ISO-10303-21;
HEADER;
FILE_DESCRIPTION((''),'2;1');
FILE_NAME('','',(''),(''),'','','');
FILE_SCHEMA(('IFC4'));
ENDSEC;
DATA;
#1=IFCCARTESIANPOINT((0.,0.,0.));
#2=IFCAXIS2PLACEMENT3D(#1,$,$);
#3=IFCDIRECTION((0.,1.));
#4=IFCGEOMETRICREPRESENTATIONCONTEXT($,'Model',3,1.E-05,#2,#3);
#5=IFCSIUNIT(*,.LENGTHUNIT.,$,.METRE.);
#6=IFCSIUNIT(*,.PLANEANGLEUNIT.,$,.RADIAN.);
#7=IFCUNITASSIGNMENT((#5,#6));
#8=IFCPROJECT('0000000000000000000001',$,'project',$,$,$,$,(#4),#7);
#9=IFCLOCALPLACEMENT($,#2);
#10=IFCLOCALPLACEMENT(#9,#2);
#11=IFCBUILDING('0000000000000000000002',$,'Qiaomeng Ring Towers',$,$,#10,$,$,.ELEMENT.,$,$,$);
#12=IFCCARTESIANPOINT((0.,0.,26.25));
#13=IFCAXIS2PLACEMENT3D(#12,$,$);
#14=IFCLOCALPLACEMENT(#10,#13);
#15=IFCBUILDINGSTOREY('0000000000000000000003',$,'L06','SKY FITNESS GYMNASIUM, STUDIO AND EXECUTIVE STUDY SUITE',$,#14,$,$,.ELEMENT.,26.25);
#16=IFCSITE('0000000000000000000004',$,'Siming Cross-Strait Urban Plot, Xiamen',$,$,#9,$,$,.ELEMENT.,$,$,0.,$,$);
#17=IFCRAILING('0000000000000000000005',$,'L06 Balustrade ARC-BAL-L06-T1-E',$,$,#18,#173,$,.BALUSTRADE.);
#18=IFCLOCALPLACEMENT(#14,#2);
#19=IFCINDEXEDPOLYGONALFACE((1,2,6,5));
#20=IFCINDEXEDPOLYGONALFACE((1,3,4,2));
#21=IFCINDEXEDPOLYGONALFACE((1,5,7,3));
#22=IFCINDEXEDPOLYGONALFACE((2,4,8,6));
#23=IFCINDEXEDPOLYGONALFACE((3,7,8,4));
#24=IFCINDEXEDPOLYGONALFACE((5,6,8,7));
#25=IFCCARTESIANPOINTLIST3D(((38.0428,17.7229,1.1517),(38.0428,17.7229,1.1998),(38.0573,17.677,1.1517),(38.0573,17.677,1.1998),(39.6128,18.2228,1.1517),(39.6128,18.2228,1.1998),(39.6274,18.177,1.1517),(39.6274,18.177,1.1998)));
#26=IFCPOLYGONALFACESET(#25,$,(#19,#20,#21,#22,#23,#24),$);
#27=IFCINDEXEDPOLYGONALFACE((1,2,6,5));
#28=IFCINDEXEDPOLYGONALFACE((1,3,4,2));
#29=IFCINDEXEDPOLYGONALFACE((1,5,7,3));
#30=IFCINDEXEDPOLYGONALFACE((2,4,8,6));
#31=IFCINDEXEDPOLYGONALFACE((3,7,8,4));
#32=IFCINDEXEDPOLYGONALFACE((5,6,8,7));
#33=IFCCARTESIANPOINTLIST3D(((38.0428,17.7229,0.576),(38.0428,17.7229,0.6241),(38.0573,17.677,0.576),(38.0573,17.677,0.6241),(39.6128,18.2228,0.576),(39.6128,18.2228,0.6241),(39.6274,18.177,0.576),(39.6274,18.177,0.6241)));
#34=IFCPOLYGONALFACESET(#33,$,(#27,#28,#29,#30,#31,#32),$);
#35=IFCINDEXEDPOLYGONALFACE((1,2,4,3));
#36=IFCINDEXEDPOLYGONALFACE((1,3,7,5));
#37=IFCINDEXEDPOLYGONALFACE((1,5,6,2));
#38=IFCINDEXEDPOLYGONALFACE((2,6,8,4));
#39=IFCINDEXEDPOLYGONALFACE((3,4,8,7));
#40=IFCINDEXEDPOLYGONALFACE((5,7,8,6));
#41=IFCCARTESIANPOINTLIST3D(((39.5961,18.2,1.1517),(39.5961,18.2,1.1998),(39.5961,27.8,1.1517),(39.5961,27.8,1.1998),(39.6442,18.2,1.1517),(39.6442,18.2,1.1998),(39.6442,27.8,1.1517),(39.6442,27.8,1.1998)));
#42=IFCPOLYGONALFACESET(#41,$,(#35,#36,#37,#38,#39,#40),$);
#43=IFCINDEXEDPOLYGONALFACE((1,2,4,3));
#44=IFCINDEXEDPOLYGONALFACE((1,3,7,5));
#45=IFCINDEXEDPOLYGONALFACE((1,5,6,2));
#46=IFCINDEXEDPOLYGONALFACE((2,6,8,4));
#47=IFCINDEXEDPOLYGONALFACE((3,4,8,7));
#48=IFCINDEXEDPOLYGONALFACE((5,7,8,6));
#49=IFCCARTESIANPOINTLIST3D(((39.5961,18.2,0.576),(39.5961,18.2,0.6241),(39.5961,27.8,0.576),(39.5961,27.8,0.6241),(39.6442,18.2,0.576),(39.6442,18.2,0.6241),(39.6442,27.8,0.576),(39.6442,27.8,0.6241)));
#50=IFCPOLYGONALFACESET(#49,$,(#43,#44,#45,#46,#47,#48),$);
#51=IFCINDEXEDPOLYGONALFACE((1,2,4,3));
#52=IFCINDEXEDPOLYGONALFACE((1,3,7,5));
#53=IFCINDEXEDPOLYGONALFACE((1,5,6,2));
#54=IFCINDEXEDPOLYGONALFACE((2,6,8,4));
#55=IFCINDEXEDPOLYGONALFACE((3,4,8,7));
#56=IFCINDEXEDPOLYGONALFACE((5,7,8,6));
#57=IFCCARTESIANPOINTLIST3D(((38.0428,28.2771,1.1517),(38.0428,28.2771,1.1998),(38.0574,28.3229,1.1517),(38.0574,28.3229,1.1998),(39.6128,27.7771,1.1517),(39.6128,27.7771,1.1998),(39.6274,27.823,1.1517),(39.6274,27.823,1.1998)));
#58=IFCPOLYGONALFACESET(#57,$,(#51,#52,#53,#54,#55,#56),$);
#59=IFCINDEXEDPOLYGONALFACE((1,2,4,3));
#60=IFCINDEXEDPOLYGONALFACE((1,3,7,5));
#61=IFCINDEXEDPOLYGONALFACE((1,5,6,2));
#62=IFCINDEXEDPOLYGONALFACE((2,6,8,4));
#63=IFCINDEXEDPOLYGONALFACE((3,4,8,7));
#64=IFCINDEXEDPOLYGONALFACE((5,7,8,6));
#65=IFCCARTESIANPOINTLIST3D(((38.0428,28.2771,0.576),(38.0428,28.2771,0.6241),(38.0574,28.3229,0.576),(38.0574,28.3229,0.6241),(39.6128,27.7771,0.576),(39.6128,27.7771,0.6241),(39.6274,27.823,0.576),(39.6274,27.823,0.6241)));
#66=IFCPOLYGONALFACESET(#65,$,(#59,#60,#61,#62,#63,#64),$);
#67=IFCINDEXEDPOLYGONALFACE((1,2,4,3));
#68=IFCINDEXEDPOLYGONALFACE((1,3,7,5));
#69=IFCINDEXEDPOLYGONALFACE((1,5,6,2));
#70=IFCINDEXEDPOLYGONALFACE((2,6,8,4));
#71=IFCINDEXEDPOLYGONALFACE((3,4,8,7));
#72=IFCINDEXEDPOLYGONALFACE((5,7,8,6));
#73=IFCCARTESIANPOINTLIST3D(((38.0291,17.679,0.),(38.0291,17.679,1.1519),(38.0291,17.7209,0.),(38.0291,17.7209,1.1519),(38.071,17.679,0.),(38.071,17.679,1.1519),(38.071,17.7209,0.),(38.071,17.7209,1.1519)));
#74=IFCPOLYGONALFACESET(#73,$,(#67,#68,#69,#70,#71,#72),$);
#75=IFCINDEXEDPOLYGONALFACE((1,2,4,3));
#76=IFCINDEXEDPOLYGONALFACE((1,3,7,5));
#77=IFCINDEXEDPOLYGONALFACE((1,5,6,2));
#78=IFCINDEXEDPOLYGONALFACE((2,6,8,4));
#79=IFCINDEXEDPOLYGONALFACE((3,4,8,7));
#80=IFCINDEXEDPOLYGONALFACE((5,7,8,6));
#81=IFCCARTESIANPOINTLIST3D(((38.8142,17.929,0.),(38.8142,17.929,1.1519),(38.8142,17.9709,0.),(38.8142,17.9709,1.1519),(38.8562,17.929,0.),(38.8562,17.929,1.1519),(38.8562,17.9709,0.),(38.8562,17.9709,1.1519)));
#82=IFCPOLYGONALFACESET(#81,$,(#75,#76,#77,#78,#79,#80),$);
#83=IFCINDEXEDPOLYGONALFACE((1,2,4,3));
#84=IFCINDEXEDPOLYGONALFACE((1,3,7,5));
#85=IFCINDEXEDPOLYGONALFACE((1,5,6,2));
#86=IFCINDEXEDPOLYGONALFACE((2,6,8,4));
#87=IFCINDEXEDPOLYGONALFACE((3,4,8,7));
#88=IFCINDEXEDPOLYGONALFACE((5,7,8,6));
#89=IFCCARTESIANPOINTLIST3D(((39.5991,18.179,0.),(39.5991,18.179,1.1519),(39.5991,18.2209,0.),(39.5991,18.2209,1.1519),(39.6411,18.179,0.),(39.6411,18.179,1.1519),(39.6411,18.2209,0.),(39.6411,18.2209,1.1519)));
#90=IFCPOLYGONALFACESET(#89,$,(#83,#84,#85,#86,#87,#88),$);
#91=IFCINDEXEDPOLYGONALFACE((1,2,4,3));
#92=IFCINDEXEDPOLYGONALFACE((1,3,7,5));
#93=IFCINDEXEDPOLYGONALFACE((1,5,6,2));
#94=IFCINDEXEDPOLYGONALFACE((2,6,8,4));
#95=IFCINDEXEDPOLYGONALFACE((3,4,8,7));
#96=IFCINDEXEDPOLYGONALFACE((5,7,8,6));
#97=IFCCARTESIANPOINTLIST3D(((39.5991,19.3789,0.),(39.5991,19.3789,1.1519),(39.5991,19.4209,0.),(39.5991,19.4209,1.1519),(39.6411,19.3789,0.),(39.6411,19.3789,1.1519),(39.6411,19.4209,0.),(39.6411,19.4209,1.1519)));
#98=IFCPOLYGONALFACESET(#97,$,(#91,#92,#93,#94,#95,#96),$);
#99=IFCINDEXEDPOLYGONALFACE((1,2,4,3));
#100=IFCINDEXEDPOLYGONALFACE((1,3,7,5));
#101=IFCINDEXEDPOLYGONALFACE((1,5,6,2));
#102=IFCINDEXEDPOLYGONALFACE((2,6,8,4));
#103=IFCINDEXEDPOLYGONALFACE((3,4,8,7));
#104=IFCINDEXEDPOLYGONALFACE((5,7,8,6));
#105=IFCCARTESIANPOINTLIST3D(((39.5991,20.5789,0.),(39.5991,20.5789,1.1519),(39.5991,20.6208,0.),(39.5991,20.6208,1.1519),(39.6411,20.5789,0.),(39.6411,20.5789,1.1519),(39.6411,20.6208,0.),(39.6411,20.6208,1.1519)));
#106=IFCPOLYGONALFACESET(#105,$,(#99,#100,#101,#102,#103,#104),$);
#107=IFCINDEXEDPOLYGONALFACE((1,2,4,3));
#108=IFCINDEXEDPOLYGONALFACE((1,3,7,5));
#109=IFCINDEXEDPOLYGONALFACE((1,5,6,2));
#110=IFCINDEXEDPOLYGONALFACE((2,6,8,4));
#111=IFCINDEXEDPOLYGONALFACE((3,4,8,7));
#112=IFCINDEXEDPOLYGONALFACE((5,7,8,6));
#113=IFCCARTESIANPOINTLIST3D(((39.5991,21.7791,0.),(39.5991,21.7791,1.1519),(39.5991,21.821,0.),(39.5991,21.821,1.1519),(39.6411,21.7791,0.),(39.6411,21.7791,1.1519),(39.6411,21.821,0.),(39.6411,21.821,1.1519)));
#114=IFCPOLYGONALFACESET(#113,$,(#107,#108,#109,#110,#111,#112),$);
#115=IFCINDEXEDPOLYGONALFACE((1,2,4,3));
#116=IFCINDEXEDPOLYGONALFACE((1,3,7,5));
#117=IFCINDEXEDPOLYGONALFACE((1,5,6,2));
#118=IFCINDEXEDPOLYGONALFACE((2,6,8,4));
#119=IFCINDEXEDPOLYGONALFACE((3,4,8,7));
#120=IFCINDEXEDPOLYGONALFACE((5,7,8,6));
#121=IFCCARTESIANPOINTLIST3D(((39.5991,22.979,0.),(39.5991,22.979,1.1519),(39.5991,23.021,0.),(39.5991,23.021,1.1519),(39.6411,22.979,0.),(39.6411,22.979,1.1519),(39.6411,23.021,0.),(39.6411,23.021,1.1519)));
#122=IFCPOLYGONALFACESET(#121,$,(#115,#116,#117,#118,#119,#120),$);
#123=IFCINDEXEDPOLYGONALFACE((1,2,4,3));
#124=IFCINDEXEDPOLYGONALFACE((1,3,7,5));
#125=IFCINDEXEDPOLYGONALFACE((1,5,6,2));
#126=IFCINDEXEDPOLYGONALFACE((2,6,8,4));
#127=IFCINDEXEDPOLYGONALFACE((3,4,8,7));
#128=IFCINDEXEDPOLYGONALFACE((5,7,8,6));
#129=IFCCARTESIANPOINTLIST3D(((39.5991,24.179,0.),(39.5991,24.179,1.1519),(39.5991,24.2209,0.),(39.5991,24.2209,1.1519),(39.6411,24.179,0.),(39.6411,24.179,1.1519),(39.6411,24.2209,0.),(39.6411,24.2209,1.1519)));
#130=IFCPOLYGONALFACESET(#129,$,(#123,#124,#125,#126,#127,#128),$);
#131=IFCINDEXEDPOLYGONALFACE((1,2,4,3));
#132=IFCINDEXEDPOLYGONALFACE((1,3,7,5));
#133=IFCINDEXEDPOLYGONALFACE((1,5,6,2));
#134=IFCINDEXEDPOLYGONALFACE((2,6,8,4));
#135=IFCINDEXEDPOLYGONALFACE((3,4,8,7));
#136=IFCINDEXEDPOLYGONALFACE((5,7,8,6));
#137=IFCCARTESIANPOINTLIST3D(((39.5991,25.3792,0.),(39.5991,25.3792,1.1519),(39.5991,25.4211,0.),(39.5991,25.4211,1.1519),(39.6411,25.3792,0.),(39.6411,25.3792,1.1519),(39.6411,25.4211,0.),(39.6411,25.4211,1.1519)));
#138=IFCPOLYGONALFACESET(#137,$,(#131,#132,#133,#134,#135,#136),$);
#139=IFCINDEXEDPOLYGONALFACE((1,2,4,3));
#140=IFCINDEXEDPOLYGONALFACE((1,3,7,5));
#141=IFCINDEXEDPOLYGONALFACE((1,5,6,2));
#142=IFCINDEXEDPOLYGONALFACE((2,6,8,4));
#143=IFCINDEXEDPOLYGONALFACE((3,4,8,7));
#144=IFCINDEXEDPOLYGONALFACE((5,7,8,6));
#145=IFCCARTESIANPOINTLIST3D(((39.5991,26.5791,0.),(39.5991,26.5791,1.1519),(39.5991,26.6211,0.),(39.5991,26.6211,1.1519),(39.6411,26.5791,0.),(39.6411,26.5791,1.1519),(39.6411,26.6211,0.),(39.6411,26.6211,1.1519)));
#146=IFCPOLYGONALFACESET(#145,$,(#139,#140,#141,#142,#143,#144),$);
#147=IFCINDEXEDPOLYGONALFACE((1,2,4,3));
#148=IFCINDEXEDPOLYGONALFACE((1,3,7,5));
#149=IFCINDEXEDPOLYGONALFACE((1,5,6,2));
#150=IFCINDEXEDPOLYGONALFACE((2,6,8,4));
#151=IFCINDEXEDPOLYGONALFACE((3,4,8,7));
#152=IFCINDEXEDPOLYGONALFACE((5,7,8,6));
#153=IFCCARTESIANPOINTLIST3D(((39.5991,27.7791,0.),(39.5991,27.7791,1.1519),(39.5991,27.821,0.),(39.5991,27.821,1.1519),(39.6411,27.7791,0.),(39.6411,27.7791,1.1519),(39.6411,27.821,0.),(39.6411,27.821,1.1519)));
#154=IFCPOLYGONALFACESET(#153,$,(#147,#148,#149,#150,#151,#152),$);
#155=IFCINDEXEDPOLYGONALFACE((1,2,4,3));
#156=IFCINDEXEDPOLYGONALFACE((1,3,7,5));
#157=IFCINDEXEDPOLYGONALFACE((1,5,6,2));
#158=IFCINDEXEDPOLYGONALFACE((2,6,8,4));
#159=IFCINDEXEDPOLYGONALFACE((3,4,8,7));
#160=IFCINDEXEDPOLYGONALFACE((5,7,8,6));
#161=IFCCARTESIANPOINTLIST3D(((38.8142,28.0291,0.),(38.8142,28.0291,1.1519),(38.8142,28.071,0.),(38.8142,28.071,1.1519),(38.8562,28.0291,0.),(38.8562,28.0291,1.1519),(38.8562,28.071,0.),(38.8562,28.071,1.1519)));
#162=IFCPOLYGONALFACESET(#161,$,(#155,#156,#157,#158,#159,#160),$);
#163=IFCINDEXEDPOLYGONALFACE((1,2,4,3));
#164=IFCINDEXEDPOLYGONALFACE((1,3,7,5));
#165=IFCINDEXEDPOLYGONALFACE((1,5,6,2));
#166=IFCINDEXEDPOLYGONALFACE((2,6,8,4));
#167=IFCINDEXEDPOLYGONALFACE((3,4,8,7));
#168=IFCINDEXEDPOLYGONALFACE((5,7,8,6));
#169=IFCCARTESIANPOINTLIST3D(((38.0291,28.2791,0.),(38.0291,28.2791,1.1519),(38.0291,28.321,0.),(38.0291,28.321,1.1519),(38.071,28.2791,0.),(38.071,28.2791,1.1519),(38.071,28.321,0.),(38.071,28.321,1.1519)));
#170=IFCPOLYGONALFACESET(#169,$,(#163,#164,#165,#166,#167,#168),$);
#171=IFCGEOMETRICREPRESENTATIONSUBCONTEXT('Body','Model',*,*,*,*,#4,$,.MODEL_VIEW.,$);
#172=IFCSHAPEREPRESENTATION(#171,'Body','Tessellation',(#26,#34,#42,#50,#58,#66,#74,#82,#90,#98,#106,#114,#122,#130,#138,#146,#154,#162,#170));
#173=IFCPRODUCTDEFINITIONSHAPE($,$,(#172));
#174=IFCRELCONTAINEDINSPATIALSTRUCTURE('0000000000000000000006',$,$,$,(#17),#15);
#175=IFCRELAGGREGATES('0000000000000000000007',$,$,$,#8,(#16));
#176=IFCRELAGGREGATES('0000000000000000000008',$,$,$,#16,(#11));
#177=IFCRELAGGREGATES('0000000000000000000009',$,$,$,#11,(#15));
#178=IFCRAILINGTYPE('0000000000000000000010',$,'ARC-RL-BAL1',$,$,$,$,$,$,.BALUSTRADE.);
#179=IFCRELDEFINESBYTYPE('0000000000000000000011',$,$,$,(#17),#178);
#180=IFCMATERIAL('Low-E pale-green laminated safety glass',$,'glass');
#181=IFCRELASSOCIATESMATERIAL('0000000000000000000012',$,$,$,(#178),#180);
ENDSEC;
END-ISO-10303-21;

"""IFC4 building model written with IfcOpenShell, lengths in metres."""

from ifc_helpers import new_model, si_unit, direction, frame, origin, origin_2d, place, context, subcontext, project, spatial, rectangle, extrude, material, type_object, element, save


model = new_model("IFC4")

# Units and contexts
model_context = context("Model", 3, precision=1e-05, world=origin(), true_north=direction((0.0, 1.0)))
body_context = subcontext(model_context, "Body", "Model", "MODEL_VIEW")
ifc_project = project(units=[si_unit("LENGTHUNIT", "METRE"), si_unit("PLANEANGLEUNIT", "RADIAN")], contexts=[model_context])

# Site, building, storey
site_placement = place(None, origin())
site = spatial("IfcSite", under=ifc_project, at=site_placement, Name="Siming Cross-Strait Urban Plot, Xiamen", CompositionType="ELEMENT", RefElevation=0.0)
building_placement = place(site_placement, origin())
building = spatial("IfcBuilding", under=site, at=building_placement, Name="Qiaomeng Ring Towers", CompositionType="ELEMENT")
storey_placement = place(building_placement, frame((0.0, 0.0, 26.25)))
storey = spatial("IfcBuildingStorey", under=building, at=storey_placement, Name="L06", Description="SKY FITNESS GYMNASIUM, STUDIO AND EXECUTIVE STUDY SUITE", CompositionType="ELEMENT", Elevation=26.25)

# Railing
ifc_material_1 = material(Name="Low-E pale-green laminated safety glass", Category="glass")
railing_type = type_object("IfcRailingType", Name="ARC-RL-BAL1", PredefinedType="BALUSTRADE", material=ifc_material_1)
railing_1_placement = place(storey_placement, frame((38.05, 17.7, 0.0)))
element("IfcRailing", 1, at=railing_1_placement, inside=storey, type_object=railing_type, Name="L06 Balustrade ARC-BAL-L06-T1-E", PredefinedType="BALUSTRADE", context=body_context, shape_type="SweptSolid", body=[
    extrude(rectangle(XDim=0.0481, YDim=0.0481, at=origin_2d()), frame((0.0, 0.0, 1.1758), z_axis=(0.95285, 0.303442, 0.0), x_axis=(-0.303442, 0.95285, 0.0)), (0.0, 0.0, 1.0), 1.6477),
    extrude(rectangle(XDim=0.0481, YDim=0.0481, at=origin_2d()), frame((0.0, 0.0, 0.6001), z_axis=(0.95285, 0.303442, 0.0), x_axis=(-0.303442, 0.95285, 0.0)), (0.0, 0.0, 1.0), 1.6477),
    extrude(rectangle(XDim=0.0481, YDim=0.0481, at=origin_2d()), frame((1.5701, 0.5, 1.1758), z_axis=(0.0, 1.0, 0.0), x_axis=(-1.0, 0.0, 0.0)), (0.0, 0.0, 1.0), 9.6001),
    extrude(rectangle(XDim=0.0481, YDim=0.0481, at=origin_2d()), frame((1.5701, 0.5, 0.6001), z_axis=(0.0, 1.0, 0.0), x_axis=(-1.0, 0.0, 0.0)), (0.0, 0.0, 1.0), 9.6001),
    extrude(rectangle(XDim=0.0481, YDim=0.0481, at=origin_2d()), frame((1.5701, 10.1001, 1.1758), z_axis=(-0.95285, 0.303442, 0.0), x_axis=(-0.303442, -0.95285, 0.0)), (0.0, 0.0, 1.0), 1.6477),
    extrude(rectangle(XDim=0.0481, YDim=0.0481, at=origin_2d()), frame((1.5701, 10.1001, 0.6001), z_axis=(-0.95285, 0.303442, 0.0), x_axis=(-0.303442, -0.95285, 0.0)), (0.0, 0.0, 1.0), 1.6477),
    extrude(rectangle(XDim=0.042, YDim=0.042, at=origin_2d()), origin(), (0.0, 0.0, 1.0), 1.1519),
    extrude(rectangle(XDim=0.042, YDim=0.042, at=origin_2d()), frame((0.7852, 0.25, 0.0)), (0.0, 0.0, 1.0), 1.1519),
    extrude(rectangle(XDim=0.042, YDim=0.042, at=origin_2d()), frame((1.5701, 0.5, 0.0)), (0.0, 0.0, 1.0), 1.1519),
    extrude(rectangle(XDim=0.042, YDim=0.042, at=origin_2d()), frame((1.5701, 1.7, 0.0)), (0.0, 0.0, 1.0), 1.1519),
    extrude(rectangle(XDim=0.042, YDim=0.042, at=origin_2d()), frame((1.5701, 2.8999, 0.0)), (0.0, 0.0, 1.0), 1.1519),
    extrude(rectangle(XDim=0.042, YDim=0.042, at=origin_2d()), frame((1.5701, 4.1001, 0.0)), (0.0, 0.0, 1.0), 1.1519),
    extrude(rectangle(XDim=0.042, YDim=0.042, at=origin_2d()), frame((1.5701, 5.3, 0.0)), (0.0, 0.0, 1.0), 1.1519),
    extrude(rectangle(XDim=0.042, YDim=0.042, at=origin_2d()), frame((1.5701, 6.5, 0.0)), (0.0, 0.0, 1.0), 1.1519),
    extrude(rectangle(XDim=0.042, YDim=0.042, at=origin_2d()), frame((1.5701, 7.7002, 0.0)), (0.0, 0.0, 1.0), 1.1519),
    extrude(rectangle(XDim=0.042, YDim=0.042, at=origin_2d()), frame((1.5701, 8.9001, 0.0)), (0.0, 0.0, 1.0), 1.1519),
    extrude(rectangle(XDim=0.042, YDim=0.042, at=origin_2d()), frame((1.5701, 10.1001, 0.0)), (0.0, 0.0, 1.0), 1.1519),
    extrude(rectangle(XDim=0.042, YDim=0.042, at=origin_2d()), frame((0.7852, 10.3501, 0.0)), (0.0, 0.0, 1.0), 1.1519),
    extrude(rectangle(XDim=0.042, YDim=0.042, at=origin_2d()), frame((0.0, 10.6001, 0.0)), (0.0, 0.0, 1.0), 1.1519),
])

save(model, "model.ifc")
